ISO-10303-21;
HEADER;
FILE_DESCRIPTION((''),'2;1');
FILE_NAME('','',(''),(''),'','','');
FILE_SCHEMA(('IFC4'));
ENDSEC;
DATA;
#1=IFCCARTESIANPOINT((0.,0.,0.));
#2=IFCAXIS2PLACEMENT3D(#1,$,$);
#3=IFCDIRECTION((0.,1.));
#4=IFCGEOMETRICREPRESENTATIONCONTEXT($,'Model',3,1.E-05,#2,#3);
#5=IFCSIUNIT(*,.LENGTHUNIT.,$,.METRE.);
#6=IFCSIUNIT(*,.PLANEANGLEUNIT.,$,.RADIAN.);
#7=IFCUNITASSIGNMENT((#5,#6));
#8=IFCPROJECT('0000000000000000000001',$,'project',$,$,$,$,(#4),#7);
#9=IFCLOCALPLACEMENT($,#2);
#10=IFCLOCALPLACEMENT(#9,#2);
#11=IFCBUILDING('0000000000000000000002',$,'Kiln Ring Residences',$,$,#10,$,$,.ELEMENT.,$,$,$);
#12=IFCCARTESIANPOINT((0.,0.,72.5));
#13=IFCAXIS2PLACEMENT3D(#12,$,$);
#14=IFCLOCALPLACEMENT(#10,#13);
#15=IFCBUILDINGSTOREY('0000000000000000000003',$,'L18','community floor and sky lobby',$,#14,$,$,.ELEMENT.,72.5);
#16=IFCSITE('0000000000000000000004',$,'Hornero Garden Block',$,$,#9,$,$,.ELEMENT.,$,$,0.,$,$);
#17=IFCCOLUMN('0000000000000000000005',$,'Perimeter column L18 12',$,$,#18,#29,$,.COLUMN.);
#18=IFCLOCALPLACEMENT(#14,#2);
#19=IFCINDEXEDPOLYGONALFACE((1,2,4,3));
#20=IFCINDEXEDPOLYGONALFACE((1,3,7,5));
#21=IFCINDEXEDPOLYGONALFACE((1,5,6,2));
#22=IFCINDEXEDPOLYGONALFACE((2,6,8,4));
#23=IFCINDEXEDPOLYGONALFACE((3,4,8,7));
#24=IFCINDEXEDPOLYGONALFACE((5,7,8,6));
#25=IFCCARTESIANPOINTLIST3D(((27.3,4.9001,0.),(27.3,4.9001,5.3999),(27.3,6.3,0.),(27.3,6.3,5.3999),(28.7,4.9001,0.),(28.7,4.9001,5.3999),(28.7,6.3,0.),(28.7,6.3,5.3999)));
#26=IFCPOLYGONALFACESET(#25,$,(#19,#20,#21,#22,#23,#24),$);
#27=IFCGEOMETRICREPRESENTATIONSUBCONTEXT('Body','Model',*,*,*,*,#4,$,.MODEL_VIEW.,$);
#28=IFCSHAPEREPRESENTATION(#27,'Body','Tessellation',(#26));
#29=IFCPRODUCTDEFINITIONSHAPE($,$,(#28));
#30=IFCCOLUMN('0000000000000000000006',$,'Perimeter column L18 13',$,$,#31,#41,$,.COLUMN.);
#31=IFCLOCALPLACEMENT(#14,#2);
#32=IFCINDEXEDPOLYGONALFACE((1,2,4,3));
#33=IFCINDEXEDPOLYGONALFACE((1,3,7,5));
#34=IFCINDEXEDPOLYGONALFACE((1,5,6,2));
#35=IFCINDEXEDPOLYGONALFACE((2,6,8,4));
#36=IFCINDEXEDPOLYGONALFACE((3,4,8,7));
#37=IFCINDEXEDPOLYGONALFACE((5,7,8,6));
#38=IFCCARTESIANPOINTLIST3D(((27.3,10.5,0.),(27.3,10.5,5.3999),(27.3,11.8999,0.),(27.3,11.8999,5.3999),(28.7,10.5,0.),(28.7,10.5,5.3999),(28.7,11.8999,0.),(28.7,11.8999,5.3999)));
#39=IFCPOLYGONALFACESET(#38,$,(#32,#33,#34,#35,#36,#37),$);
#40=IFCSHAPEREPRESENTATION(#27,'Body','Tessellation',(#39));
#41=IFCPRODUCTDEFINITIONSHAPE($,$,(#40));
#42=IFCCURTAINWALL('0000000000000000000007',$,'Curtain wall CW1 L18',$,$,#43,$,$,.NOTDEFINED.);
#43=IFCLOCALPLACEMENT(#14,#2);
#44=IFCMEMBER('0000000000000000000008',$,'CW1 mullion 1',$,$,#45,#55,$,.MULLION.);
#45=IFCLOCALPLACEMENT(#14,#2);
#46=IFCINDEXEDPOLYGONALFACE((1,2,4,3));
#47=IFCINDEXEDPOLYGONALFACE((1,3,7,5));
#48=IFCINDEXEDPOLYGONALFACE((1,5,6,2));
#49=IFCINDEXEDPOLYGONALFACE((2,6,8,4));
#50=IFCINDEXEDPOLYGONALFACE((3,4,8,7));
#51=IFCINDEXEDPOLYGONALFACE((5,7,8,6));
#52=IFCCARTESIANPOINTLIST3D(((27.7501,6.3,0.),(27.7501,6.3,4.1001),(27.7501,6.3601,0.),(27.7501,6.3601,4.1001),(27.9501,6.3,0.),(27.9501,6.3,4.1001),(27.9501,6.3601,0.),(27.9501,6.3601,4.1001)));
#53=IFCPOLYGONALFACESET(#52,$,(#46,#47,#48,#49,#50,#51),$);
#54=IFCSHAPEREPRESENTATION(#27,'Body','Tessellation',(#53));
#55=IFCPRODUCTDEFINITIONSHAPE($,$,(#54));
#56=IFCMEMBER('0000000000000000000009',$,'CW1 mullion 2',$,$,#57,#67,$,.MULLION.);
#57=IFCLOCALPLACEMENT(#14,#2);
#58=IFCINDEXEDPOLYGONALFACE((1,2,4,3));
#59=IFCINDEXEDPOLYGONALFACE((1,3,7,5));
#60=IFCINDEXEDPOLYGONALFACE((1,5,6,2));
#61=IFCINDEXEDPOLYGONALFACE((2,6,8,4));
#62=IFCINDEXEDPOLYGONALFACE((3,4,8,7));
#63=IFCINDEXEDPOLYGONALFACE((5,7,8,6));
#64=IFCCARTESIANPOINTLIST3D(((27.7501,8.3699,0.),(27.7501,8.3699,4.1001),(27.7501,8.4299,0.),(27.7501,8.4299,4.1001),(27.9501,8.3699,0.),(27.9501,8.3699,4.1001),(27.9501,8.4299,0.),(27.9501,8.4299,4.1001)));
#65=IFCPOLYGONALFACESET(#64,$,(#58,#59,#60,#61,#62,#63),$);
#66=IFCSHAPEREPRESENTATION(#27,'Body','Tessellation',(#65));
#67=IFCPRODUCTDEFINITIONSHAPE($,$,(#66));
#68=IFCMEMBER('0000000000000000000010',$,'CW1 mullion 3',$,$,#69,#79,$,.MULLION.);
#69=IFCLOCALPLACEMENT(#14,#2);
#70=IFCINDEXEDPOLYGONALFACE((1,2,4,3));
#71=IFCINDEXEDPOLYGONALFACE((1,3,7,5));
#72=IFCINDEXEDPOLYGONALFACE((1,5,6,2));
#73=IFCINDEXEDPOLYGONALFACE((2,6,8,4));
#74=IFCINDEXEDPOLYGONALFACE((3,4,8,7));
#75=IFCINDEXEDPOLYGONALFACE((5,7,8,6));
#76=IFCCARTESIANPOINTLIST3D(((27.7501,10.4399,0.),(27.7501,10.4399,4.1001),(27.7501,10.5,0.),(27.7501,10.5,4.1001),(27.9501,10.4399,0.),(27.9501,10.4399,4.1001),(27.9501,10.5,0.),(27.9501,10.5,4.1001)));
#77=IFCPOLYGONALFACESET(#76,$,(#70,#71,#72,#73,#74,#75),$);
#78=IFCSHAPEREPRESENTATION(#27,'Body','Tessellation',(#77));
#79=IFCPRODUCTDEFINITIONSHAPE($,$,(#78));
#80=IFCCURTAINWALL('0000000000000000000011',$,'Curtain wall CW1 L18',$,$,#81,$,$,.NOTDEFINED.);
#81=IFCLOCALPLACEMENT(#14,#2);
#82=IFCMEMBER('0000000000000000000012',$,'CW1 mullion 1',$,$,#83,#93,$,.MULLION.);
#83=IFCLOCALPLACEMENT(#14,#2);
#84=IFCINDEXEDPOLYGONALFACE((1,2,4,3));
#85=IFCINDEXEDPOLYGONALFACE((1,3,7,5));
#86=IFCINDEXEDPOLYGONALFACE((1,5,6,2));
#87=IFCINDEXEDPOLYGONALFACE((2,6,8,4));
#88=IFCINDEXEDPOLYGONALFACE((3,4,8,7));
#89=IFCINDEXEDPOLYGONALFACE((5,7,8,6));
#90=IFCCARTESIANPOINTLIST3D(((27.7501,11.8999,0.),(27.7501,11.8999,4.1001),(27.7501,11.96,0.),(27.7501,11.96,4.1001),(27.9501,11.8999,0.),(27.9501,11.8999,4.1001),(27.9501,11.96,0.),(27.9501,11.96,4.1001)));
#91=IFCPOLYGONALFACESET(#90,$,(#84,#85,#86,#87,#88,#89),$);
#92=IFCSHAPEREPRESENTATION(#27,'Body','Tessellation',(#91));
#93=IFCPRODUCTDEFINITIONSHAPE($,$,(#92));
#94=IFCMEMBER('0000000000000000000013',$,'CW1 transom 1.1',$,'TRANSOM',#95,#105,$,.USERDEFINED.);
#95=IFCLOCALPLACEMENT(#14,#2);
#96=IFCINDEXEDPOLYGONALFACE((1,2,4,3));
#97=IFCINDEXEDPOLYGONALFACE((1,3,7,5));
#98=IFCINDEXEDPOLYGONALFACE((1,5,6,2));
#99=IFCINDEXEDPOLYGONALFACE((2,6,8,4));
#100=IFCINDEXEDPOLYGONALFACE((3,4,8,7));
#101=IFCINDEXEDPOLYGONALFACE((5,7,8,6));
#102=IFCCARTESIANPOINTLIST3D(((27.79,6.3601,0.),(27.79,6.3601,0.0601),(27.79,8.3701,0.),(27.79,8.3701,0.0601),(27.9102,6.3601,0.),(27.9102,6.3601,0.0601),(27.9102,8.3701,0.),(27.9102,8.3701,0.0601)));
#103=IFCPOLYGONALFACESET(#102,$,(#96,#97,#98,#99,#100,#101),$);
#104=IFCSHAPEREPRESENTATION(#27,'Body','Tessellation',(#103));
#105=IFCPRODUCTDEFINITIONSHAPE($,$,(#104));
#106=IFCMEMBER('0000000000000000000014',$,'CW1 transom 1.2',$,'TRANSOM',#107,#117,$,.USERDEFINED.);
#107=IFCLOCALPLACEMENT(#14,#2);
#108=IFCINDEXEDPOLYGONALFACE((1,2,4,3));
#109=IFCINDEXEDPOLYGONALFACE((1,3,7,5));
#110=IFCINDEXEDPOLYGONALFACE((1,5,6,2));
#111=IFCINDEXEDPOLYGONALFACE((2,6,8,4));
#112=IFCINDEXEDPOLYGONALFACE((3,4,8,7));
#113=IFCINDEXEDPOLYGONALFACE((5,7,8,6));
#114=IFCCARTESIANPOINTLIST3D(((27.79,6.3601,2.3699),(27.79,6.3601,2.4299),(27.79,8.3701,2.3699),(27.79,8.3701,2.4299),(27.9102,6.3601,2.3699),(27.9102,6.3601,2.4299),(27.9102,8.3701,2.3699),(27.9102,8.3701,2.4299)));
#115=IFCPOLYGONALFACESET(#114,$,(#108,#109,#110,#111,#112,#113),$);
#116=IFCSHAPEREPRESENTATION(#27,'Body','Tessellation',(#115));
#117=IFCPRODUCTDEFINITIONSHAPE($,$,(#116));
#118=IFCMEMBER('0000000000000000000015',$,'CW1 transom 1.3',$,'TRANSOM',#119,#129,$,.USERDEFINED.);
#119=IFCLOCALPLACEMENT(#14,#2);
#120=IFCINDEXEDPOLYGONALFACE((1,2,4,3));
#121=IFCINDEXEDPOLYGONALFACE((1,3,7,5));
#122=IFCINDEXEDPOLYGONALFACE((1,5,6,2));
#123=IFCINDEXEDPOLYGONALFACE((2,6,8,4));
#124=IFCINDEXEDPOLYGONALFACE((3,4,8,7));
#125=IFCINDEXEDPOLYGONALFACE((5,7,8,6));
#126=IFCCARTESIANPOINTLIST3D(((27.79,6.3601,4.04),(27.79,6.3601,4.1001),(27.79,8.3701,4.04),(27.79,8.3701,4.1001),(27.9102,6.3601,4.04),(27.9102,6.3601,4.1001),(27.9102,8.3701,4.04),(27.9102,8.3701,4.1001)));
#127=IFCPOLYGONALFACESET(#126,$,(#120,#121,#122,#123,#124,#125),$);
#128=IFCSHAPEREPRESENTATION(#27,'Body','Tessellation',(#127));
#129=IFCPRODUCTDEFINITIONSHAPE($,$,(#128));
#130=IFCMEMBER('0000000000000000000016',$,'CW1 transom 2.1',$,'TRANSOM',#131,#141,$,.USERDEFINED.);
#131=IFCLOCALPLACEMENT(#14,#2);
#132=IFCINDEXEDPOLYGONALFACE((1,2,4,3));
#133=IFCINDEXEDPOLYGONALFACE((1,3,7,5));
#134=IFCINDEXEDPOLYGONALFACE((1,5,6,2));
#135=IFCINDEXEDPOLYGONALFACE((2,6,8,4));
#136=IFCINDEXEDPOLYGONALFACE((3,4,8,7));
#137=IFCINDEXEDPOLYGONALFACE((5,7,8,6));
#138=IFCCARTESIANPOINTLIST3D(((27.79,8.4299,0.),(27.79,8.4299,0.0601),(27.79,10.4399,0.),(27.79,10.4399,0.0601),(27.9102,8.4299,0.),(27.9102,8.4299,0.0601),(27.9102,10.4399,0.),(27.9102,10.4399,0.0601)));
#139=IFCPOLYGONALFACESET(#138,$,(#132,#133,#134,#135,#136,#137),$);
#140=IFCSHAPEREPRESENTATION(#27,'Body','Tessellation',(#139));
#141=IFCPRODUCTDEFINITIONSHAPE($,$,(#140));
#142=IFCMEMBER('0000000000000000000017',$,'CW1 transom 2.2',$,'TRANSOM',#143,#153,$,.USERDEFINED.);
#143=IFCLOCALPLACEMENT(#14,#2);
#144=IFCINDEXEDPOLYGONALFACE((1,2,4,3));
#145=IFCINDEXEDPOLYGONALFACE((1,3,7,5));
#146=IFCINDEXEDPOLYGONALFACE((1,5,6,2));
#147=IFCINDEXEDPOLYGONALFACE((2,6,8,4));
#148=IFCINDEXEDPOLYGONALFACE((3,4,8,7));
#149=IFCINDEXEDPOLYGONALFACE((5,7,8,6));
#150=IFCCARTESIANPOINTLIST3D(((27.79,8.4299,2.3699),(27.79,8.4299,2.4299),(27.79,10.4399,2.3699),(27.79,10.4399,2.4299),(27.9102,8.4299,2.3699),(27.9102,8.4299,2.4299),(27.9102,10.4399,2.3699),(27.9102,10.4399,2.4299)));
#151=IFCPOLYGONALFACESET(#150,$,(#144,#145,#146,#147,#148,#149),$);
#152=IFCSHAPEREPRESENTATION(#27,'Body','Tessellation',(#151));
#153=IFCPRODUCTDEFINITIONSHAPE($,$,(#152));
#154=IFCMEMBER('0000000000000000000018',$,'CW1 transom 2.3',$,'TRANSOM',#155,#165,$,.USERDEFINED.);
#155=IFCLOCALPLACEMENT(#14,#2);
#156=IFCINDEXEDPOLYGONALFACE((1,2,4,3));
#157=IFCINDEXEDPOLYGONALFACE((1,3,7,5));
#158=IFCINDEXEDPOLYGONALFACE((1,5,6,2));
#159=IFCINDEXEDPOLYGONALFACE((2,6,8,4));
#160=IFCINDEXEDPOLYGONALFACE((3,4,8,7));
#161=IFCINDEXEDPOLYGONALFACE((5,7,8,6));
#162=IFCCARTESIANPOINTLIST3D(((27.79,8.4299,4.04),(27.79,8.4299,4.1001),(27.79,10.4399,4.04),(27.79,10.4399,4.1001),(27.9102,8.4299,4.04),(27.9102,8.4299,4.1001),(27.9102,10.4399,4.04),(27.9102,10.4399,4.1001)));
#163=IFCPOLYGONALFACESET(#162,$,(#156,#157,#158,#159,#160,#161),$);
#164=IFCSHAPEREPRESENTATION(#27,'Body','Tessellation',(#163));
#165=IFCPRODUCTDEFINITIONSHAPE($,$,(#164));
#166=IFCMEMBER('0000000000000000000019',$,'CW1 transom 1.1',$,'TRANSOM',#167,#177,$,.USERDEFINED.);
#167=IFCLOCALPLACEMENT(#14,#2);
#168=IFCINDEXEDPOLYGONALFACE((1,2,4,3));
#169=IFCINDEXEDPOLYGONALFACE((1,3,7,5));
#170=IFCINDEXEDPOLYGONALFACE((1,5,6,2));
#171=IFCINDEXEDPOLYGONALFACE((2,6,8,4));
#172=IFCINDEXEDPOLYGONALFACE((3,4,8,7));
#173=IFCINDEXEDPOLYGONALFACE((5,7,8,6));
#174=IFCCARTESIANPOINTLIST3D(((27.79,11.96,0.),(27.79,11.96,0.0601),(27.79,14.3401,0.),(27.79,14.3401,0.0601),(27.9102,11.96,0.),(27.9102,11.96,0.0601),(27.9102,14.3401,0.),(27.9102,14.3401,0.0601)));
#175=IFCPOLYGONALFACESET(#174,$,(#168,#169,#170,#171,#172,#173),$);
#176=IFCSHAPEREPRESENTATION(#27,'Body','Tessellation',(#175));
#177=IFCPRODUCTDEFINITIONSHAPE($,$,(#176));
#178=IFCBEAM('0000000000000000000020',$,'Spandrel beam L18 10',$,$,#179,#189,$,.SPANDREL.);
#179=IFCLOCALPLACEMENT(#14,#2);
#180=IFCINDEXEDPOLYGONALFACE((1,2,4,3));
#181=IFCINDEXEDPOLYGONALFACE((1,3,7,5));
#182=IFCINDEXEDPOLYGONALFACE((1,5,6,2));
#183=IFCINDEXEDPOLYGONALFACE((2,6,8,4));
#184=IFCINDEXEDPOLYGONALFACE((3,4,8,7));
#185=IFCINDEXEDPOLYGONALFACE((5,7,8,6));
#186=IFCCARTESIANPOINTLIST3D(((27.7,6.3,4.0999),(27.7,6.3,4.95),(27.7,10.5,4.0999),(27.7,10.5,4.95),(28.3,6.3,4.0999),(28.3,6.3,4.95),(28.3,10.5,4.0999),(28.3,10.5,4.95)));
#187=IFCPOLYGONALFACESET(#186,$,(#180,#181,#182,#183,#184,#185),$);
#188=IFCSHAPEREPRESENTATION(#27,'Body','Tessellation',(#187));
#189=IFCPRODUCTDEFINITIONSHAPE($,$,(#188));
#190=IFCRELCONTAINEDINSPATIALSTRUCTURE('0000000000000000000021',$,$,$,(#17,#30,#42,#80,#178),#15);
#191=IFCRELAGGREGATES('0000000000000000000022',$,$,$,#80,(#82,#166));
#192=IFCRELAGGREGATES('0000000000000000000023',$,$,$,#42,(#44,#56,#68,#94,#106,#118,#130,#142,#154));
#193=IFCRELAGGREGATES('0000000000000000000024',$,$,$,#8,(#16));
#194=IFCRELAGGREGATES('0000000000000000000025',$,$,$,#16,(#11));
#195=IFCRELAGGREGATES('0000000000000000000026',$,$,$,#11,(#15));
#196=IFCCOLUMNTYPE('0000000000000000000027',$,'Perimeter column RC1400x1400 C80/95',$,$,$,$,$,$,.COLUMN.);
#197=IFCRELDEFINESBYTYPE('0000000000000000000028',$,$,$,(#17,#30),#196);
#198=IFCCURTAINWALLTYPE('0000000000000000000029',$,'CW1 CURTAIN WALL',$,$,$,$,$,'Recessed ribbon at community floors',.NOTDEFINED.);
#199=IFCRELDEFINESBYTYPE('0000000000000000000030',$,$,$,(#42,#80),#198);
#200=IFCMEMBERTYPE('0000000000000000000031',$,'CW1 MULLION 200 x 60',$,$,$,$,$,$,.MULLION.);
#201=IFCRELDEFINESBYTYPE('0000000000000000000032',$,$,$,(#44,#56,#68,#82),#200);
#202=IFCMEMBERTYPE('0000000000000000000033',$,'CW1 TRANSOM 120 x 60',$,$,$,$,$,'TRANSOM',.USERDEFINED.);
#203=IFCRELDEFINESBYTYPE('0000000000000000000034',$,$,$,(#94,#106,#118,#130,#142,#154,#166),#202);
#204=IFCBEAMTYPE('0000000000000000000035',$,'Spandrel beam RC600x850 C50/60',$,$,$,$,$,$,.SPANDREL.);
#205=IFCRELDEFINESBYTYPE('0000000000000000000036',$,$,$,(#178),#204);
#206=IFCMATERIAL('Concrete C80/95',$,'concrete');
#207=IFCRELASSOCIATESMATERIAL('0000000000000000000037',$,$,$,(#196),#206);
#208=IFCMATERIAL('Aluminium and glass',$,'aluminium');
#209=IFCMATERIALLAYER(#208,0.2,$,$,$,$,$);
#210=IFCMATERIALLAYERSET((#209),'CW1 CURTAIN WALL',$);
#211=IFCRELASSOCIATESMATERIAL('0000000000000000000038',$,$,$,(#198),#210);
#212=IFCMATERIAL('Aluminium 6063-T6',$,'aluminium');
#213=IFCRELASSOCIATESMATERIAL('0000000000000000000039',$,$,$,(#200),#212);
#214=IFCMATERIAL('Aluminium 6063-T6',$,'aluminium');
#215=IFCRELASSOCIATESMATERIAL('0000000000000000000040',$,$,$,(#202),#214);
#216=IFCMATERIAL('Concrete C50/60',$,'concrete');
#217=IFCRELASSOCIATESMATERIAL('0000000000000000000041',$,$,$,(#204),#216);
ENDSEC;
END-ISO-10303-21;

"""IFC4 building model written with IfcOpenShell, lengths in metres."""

from ifc_helpers import new_model, si_unit, direction, frame, origin, origin_2d, place, context, subcontext, project, spatial, rectangle, extrude, material, layer, layer_set, material_profile, profile_set, type_object, element, aggregate, save


model = new_model("IFC4")

# Units and contexts
model_context = context("Model", 3, precision=1e-05, world=origin(), true_north=direction((0.0, 1.0)))
body_context = subcontext(model_context, "Body", "Model", "MODEL_VIEW")
ifc_project = project(units=[si_unit("LENGTHUNIT", "METRE"), si_unit("PLANEANGLEUNIT", "RADIAN")], contexts=[model_context])

# Site, building, storey
site_placement = place(None, origin())
site = spatial("IfcSite", under=ifc_project, at=site_placement, Name="Hornero Garden Block", CompositionType="ELEMENT", RefElevation=0.0)
building_placement = place(site_placement, origin())
building = spatial("IfcBuilding", under=site, at=building_placement, Name="Kiln Ring Residences", CompositionType="ELEMENT")
storey_placement = place(building_placement, frame((0.0, 0.0, 72.5)))
storey = spatial("IfcBuildingStorey", under=building, at=storey_placement, Name="L18", Description="community floor and sky lobby", CompositionType="ELEMENT", Elevation=72.5)

# Columns
ifc_material_1 = material(Name="Concrete C80/95", Category="concrete")
ifc_material_profile_1 = material_profile(ifc_material_1, rectangle(XDim=1.3999, YDim=1.3999, at=origin_2d()), Name="RC1400x1400")
ifc_profile_set_1 = profile_set([ifc_material_profile_1], Name="Concrete C80/95")
column_type = type_object("IfcColumnType", Name="Perimeter column RC1400x1400 C80/95", PredefinedType="COLUMN", material=ifc_profile_set_1)
for number, where, z_axis, x_axis, name in (
    (1, (28.0, 5.6001, 0.0), (0.0, 0.0, 1.0), (1.0, 0.0, 0.0), "Perimeter column L18 12"),
    (2, (28.0, 11.2, 0.0), (0.0, 0.0, 1.0), (1.0, 0.0, 0.0), "Perimeter column L18 13"),
):
    element("IfcColumn", number, at=place(storey_placement, frame(where, z_axis=z_axis, x_axis=x_axis)), inside=storey, type_object=column_type, Name=name, PredefinedType="COLUMN", context=body_context, shape_type="SweptSolid", body=[
        extrude(rectangle(XDim=1.3999, YDim=1.3999, at=origin_2d()), origin(), (0.0, 0.0, 1.0), 5.3999),
    ])

# Curtain wall, members
ifc_material_2 = material(Name="Aluminium and glass", Category="aluminium")
ifc_layer_1 = layer(ifc_material_2, 0.2)
ifc_layer_set_1 = layer_set([ifc_layer_1], Name="CW1 CURTAIN WALL")
curtain_wall_type = type_object("IfcCurtainWallType", Name="CW1 CURTAIN WALL", ElementType="Recessed ribbon at community floors", PredefinedType="NOTDEFINED", material=ifc_layer_set_1)
placement = place(storey_placement, origin())
curtain_wall_1 = element("IfcCurtainWall", 3, at=placement, inside=storey, type_object=curtain_wall_type, Name="Curtain wall CW1 L18", PredefinedType="NOTDEFINED")
ifc_material_3 = material(Name="Aluminium 6063-T6", Category="aluminium")
ifc_material_profile_2 = material_profile(ifc_material_3, rectangle(XDim=0.2, YDim=0.0601, at=origin_2d()), Name="AL 200x60")
ifc_profile_set_2 = profile_set([ifc_material_profile_2], Name="Aluminium 6063-T6")
member_type_1 = type_object("IfcMemberType", Name="CW1 MULLION 200 x 60", PredefinedType="MULLION", material=ifc_profile_set_2)
member_1_placement = place(storey_placement, frame((27.8501, 6.3301, 0.0), z_axis=(0.0, 0.0, 1.0), x_axis=(-1.0, 0.0, 0.0)))
member_1 = element("IfcMember", 4, at=member_1_placement, type_object=member_type_1, Name="CW1 mullion 1", PredefinedType="MULLION", context=body_context, shape_type="SweptSolid", body=[
    extrude(rectangle(XDim=0.2, YDim=0.0601, at=origin_2d()), origin(), (0.0, 0.0, 1.0), 4.1001),
])
member_2_placement = place(storey_placement, frame((27.8501, 8.3999, 0.0), z_axis=(0.0, 0.0, 1.0), x_axis=(-1.0, 0.0, 0.0)))
member_2 = element("IfcMember", 5, at=member_2_placement, type_object=member_type_1, Name="CW1 mullion 2", PredefinedType="MULLION", context=body_context, shape_type="SweptSolid", body=[
    extrude(rectangle(XDim=0.2, YDim=0.0601, at=origin_2d()), origin(), (0.0, 0.0, 1.0), 4.1001),
])
member_3_placement = place(storey_placement, frame((27.8501, 10.47, 0.0), z_axis=(0.0, 0.0, 1.0), x_axis=(-1.0, 0.0, 0.0)))
member_3 = element("IfcMember", 6, at=member_3_placement, type_object=member_type_1, Name="CW1 mullion 3", PredefinedType="MULLION", context=body_context, shape_type="SweptSolid", body=[
    extrude(rectangle(XDim=0.2, YDim=0.0601, at=origin_2d()), origin(), (0.0, 0.0, 1.0), 4.1001),
])

# Curtain wall, member
curtain_wall_2 = element("IfcCurtainWall", 7, at=placement, inside=storey, type_object=curtain_wall_type, Name="Curtain wall CW1 L18", PredefinedType="NOTDEFINED")
member_4_placement = place(storey_placement, frame((27.8501, 11.9299, 0.0), z_axis=(0.0, 0.0, 1.0), x_axis=(-1.0, 0.0, 0.0)))
member_4 = element("IfcMember", 8, at=member_4_placement, type_object=member_type_1, Name="CW1 mullion 1", PredefinedType="MULLION", context=body_context, shape_type="SweptSolid", body=[
    extrude(rectangle(XDim=0.2, YDim=0.0601, at=origin_2d()), origin(), (0.0, 0.0, 1.0), 4.1001),
])

# Members
ifc_material_4 = material(Name="Aluminium 6063-T6", Category="aluminium")
ifc_material_profile_3 = material_profile(ifc_material_4, rectangle(XDim=0.1201, YDim=0.0601, at=origin_2d()), Name="AL 120x60")
ifc_profile_set_3 = profile_set([ifc_material_profile_3], Name="Aluminium 6063-T6")
member_type_2 = type_object("IfcMemberType", Name="CW1 TRANSOM 120 x 60", ElementType="TRANSOM", PredefinedType="USERDEFINED", material=ifc_profile_set_3)
member_5_placement = place(storey_placement, frame((27.8501, 6.3601, 0.03), z_axis=(0.0, 1.0, 0.0), x_axis=(-1.0, 0.0, 0.0)))
member_5 = element("IfcMember", 9, at=member_5_placement, type_object=member_type_2, Name="CW1 transom 1.1", ObjectType="TRANSOM", PredefinedType="USERDEFINED", context=body_context, shape_type="SweptSolid", body=[
    extrude(rectangle(XDim=0.1201, YDim=0.0601, at=origin_2d()), origin(), (0.0, 0.0, 1.0), 2.01),
])
member_6_placement = place(storey_placement, frame((27.8501, 6.3601, 2.3999), z_axis=(0.0, 1.0, 0.0), x_axis=(-1.0, 0.0, 0.0)))
member_6 = element("IfcMember", 10, at=member_6_placement, type_object=member_type_2, Name="CW1 transom 1.2", ObjectType="TRANSOM", PredefinedType="USERDEFINED", context=body_context, shape_type="SweptSolid", body=[
    extrude(rectangle(XDim=0.1201, YDim=0.0601, at=origin_2d()), origin(), (0.0, 0.0, 1.0), 2.01),
])
member_7_placement = place(storey_placement, frame((27.8501, 6.3601, 4.0701), z_axis=(0.0, 1.0, 0.0), x_axis=(-1.0, 0.0, 0.0)))
member_7 = element("IfcMember", 11, at=member_7_placement, type_object=member_type_2, Name="CW1 transom 1.3", ObjectType="TRANSOM", PredefinedType="USERDEFINED", context=body_context, shape_type="SweptSolid", body=[
    extrude(rectangle(XDim=0.1201, YDim=0.0601, at=origin_2d()), origin(), (0.0, 0.0, 1.0), 2.01),
])
member_8_placement = place(storey_placement, frame((27.8501, 8.4299, 0.03), z_axis=(0.0, 1.0, 0.0), x_axis=(-1.0, 0.0, 0.0)))
member_8 = element("IfcMember", 12, at=member_8_placement, type_object=member_type_2, Name="CW1 transom 2.1", ObjectType="TRANSOM", PredefinedType="USERDEFINED", context=body_context, shape_type="SweptSolid", body=[
    extrude(rectangle(XDim=0.1201, YDim=0.0601, at=origin_2d()), origin(), (0.0, 0.0, 1.0), 2.01),
])
member_9_placement = place(storey_placement, frame((27.8501, 8.4299, 2.3999), z_axis=(0.0, 1.0, 0.0), x_axis=(-1.0, 0.0, 0.0)))
member_9 = element("IfcMember", 13, at=member_9_placement, type_object=member_type_2, Name="CW1 transom 2.2", ObjectType="TRANSOM", PredefinedType="USERDEFINED", context=body_context, shape_type="SweptSolid", body=[
    extrude(rectangle(XDim=0.1201, YDim=0.0601, at=origin_2d()), origin(), (0.0, 0.0, 1.0), 2.01),
])
member_10_placement = place(storey_placement, frame((27.8501, 8.4299, 4.0701), z_axis=(0.0, 1.0, 0.0), x_axis=(-1.0, 0.0, 0.0)))
member_10 = element("IfcMember", 14, at=member_10_placement, type_object=member_type_2, Name="CW1 transom 2.3", ObjectType="TRANSOM", PredefinedType="USERDEFINED", context=body_context, shape_type="SweptSolid", body=[
    extrude(rectangle(XDim=0.1201, YDim=0.0601, at=origin_2d()), origin(), (0.0, 0.0, 1.0), 2.01),
])
member_11_placement = place(storey_placement, frame((27.8501, 11.96, 0.03), z_axis=(0.0, 1.0, 0.0), x_axis=(-1.0, 0.0, 0.0)))
member_11 = element("IfcMember", 15, at=member_11_placement, type_object=member_type_2, Name="CW1 transom 1.1", ObjectType="TRANSOM", PredefinedType="USERDEFINED", context=body_context, shape_type="SweptSolid", body=[
    extrude(rectangle(XDim=0.1201, YDim=0.0601, at=origin_2d()), origin(), (0.0, 0.0, 1.0), 2.3801),
])
aggregate(curtain_wall_2, [member_4, member_11])

# Beam
ifc_material_5 = material(Name="Concrete C50/60", Category="concrete")
ifc_material_profile_4 = material_profile(ifc_material_5, rectangle(XDim=0.6001, YDim=0.8501, at=origin_2d()), Name="RC600x850")
ifc_profile_set_4 = profile_set([ifc_material_profile_4], Name="Concrete C50/60")
beam_type = type_object("IfcBeamType", Name="Spandrel beam RC600x850 C50/60", PredefinedType="SPANDREL", material=ifc_profile_set_4)
beam_1_placement = place(storey_placement, frame((28.0, 6.3, 4.5249), z_axis=(0.0, 1.0, 0.0), x_axis=(-1.0, 0.0, 0.0)))
element("IfcBeam", 16, at=beam_1_placement, inside=storey, type_object=beam_type, Name="Spandrel beam L18 10", PredefinedType="SPANDREL", context=body_context, shape_type="SweptSolid", body=[
    extrude(rectangle(XDim=0.6001, YDim=0.8501, at=origin_2d()), origin(), (0.0, 0.0, 1.0), 4.2),
])

aggregate(curtain_wall_1, [member_1, member_2, member_3, member_5, member_6, member_7, member_8, member_9, member_10])

save(model, "model.ifc")
